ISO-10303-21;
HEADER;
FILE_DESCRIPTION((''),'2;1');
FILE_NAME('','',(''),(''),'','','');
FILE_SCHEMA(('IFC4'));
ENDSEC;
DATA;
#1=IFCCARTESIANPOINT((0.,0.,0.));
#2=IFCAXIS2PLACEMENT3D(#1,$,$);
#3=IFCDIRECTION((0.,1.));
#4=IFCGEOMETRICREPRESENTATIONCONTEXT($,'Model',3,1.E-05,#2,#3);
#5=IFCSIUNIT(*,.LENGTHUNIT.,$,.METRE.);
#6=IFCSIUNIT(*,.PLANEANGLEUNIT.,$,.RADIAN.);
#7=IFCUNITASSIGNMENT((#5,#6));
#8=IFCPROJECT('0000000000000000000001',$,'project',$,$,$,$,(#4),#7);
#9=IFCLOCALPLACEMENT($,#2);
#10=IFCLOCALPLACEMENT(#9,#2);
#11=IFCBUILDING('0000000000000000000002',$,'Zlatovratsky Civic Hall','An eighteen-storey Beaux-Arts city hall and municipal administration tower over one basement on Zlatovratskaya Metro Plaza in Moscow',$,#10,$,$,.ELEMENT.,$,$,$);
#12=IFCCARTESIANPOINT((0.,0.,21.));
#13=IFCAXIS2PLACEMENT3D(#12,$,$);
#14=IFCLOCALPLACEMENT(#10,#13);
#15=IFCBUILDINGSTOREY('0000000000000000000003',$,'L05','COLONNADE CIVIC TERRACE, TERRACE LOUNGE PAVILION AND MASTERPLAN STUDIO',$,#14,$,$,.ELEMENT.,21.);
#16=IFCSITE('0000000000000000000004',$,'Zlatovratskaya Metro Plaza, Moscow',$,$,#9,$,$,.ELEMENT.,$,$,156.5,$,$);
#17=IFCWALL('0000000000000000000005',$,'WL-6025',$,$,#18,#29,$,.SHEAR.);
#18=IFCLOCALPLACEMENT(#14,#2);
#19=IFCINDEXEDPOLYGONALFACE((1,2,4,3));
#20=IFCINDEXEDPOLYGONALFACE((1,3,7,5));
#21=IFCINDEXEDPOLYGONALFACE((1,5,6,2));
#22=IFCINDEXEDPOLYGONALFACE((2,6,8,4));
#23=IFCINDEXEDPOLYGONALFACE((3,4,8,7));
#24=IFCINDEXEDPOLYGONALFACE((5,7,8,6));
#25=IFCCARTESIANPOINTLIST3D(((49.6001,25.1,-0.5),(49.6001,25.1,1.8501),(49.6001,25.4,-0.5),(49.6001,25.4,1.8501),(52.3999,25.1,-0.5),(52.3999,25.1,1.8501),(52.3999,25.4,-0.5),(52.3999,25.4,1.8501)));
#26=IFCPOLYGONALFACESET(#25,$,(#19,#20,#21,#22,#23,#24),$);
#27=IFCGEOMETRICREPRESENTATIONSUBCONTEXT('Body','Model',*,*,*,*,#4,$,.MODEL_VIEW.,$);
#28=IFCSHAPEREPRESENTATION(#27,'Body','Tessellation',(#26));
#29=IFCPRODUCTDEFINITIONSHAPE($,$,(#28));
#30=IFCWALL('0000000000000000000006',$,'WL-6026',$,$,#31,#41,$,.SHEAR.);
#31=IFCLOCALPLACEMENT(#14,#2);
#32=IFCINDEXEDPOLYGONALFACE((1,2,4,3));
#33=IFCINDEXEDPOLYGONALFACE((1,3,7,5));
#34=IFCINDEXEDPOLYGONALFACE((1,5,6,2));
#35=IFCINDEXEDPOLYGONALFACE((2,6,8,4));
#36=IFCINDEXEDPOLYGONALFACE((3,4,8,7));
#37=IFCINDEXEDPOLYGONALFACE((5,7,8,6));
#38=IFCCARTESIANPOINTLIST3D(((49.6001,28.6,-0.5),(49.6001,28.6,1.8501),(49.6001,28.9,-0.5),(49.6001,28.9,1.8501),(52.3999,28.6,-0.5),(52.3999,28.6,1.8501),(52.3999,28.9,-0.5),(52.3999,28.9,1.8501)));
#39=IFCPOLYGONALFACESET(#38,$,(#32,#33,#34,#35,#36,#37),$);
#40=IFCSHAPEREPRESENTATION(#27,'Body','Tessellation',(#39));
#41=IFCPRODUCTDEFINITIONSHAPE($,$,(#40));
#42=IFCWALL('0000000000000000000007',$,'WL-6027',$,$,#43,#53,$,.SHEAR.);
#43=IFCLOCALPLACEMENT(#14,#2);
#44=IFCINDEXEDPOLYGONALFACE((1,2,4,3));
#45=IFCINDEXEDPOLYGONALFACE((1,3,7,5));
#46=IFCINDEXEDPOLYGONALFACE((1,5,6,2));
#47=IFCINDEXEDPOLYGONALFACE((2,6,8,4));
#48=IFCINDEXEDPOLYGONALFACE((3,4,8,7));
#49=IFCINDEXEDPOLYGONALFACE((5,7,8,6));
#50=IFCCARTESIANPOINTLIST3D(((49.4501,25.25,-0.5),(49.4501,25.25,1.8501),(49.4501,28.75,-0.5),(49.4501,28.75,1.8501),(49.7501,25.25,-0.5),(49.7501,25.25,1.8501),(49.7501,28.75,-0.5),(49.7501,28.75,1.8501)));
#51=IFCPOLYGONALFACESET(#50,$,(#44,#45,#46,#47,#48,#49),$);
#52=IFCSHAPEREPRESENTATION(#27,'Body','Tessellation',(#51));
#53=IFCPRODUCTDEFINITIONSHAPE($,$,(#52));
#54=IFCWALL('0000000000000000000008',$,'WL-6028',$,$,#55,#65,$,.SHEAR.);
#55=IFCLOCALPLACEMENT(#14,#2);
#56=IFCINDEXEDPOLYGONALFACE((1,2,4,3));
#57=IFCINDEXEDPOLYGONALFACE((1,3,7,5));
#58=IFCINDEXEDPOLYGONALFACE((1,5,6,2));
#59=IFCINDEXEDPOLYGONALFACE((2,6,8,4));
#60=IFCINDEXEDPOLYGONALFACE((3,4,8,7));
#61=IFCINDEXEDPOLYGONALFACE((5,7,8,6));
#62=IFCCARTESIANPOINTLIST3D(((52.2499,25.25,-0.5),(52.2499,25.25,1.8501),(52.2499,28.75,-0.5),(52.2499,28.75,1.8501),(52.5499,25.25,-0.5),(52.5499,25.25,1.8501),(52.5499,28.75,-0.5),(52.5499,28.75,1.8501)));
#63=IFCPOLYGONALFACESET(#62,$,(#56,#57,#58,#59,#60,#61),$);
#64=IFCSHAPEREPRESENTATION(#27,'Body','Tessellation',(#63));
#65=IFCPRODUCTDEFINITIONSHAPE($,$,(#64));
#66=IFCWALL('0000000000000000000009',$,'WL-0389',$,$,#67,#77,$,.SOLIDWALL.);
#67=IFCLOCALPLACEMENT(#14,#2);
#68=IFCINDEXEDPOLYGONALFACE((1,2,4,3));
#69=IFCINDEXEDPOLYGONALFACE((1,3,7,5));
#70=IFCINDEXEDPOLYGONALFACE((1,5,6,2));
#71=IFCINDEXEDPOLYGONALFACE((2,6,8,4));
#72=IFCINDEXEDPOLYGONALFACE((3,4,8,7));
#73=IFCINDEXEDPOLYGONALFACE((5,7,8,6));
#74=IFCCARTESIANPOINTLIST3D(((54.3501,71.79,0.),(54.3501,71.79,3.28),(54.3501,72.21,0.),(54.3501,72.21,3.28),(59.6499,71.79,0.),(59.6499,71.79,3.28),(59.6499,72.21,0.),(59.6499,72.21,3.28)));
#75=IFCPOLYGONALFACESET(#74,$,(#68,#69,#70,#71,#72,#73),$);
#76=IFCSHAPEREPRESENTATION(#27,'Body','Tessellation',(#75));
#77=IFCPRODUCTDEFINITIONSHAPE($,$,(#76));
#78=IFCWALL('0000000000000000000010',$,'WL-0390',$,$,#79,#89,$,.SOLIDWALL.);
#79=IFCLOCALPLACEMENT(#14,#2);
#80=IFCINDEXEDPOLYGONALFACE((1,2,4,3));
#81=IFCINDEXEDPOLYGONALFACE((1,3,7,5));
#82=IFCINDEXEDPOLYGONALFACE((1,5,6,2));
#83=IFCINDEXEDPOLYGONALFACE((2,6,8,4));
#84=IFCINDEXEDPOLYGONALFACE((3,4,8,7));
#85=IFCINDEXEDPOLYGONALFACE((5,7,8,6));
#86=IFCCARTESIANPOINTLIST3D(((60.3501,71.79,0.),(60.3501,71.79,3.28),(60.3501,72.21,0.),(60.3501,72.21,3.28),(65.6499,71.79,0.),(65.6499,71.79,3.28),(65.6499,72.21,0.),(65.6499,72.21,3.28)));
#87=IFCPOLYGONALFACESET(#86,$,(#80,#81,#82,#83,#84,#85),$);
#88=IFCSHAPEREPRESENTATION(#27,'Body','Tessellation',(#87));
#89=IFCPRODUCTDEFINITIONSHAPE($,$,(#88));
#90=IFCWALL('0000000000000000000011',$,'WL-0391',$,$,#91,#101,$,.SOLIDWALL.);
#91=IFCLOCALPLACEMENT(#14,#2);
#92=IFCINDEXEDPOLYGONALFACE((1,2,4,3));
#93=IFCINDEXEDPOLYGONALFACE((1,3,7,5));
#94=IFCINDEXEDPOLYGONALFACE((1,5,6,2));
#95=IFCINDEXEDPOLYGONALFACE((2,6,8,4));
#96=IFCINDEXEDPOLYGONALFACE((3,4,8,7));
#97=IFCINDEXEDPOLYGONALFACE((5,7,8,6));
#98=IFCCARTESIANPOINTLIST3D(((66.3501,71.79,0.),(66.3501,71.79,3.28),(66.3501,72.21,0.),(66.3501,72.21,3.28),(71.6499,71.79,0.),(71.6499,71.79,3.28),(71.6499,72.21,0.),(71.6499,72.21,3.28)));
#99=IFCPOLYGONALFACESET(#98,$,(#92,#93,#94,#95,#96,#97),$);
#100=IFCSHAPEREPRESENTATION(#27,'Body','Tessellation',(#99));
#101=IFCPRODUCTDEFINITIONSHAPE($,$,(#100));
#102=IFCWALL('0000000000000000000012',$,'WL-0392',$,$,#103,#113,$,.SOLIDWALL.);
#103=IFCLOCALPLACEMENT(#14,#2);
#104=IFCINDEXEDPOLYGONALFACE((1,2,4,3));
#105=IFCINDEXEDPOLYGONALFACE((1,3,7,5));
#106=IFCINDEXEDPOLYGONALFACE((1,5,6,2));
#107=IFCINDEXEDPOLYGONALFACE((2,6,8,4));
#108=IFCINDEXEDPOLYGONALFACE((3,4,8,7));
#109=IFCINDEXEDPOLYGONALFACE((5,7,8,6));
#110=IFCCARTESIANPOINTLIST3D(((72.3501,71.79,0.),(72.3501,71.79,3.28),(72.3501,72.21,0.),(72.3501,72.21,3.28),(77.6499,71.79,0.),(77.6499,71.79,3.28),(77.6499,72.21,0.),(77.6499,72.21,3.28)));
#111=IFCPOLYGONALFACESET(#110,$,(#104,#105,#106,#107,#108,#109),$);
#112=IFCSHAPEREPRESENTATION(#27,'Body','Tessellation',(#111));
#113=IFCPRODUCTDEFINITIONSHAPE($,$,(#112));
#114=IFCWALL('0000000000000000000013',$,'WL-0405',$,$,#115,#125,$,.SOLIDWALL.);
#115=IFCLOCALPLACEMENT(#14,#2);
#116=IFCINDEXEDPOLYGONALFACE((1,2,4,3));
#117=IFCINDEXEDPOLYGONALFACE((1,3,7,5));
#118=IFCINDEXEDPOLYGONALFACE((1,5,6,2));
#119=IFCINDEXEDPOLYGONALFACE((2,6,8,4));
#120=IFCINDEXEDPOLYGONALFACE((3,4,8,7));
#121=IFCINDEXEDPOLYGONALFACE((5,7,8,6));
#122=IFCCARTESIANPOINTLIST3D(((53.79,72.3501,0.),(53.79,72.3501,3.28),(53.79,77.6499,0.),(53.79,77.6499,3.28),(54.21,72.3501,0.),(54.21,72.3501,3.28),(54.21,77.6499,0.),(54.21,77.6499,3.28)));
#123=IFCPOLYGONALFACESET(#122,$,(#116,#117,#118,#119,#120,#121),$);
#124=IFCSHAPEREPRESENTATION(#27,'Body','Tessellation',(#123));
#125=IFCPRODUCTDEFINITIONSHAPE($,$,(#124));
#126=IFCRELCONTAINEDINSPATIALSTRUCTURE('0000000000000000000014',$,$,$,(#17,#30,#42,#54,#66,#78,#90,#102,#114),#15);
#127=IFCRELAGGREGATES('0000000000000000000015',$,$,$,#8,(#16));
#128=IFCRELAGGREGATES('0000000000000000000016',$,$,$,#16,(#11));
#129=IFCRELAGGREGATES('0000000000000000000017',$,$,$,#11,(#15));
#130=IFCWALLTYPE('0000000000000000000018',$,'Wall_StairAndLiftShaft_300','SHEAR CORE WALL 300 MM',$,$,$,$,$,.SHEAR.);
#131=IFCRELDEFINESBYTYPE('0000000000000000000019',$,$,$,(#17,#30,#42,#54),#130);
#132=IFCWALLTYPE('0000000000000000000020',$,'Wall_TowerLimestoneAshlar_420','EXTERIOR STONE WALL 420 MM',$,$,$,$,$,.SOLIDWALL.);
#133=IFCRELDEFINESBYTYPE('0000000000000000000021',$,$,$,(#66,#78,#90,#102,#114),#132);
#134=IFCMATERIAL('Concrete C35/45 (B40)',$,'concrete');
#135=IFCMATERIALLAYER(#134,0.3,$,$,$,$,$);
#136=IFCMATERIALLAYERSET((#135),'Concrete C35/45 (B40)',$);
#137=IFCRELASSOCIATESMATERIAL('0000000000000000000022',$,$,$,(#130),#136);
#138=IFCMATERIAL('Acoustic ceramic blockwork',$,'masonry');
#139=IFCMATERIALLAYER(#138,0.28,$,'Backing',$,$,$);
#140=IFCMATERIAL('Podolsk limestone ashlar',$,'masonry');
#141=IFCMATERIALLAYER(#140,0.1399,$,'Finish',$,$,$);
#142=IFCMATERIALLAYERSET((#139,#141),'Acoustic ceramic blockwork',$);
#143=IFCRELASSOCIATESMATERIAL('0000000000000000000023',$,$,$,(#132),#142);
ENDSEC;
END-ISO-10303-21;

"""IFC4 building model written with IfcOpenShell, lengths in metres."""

from ifc_helpers import new_model, si_unit, direction, frame, frame_2d, origin, place, context, subcontext, project, spatial, rectangle, extrude, material, layer, layer_set, type_object, element, save


model = new_model("IFC4")

# Units and contexts
model_context = context("Model", 3, precision=1e-05, world=origin(), true_north=direction((0.0, 1.0)))
body_context = subcontext(model_context, "Body", "Model", "MODEL_VIEW")
ifc_project = project(units=[si_unit("LENGTHUNIT", "METRE"), si_unit("PLANEANGLEUNIT", "RADIAN")], contexts=[model_context])

# Site, building, storey
site_placement = place(None, origin())
site = spatial("IfcSite", under=ifc_project, at=site_placement, Name="Zlatovratskaya Metro Plaza, Moscow", CompositionType="ELEMENT", RefElevation=156.5)
building_placement = place(site_placement, origin())
building = spatial("IfcBuilding", under=site, at=building_placement, Name="Zlatovratsky Civic Hall", Description="An eighteen-storey Beaux-Arts city hall and municipal administration tower over one basement on Zlatovratskaya Metro Plaza in Moscow", CompositionType="ELEMENT")
storey_placement = place(building_placement, frame((0.0, 0.0, 21.0)))
storey = spatial("IfcBuildingStorey", under=building, at=storey_placement, Name="L05", Description="COLONNADE CIVIC TERRACE, TERRACE LOUNGE PAVILION AND MASTERPLAN STUDIO", CompositionType="ELEMENT", Elevation=21.0)

# Shared definitions
ifc_material_1 = material(Name="Concrete C35/45 (B40)", Category="concrete")

# Walls
ifc_layer_1 = layer(ifc_material_1, 0.3)
ifc_layer_set_1 = layer_set([ifc_layer_1], Name="Concrete C35/45 (B40)")
wall_type_1 = type_object("IfcWallType", Name="Wall_StairAndLiftShaft_300", Description="SHEAR CORE WALL 300 MM", PredefinedType="SHEAR", material=ifc_layer_set_1)
for number, where, z_axis, x_axis, name in (
    (1, (49.6001, 25.25, -0.5), (0.0, 0.0, 1.0), (1.0, 0.0, 0.0), "WL-6025"),
    (2, (49.6001, 28.75, -0.5), (0.0, 0.0, 1.0), (1.0, 0.0, 0.0), "WL-6026"),
):
    element("IfcWall", number, at=place(storey_placement, frame(where, z_axis=z_axis, x_axis=x_axis)), inside=storey, type_object=wall_type_1, Name=name, PredefinedType="SHEAR", context=body_context, shape_type="SweptSolid", body=[
        extrude(rectangle(XDim=2.7998, YDim=0.3, at=frame_2d((1.3999, 0.0))), origin(), (0.0, 0.0, 1.0), 2.3501),
    ])
for number, where, z_axis, x_axis, name in (
    (3, (49.6001, 25.25, -0.5), (0.0, 0.0, 1.0), (0.0, 1.0, 0.0), "WL-6027"),
    (4, (52.3999, 25.25, -0.5), (0.0, 0.0, 1.0), (0.0, 1.0, 0.0), "WL-6028"),
):
    element("IfcWall", number, at=place(storey_placement, frame(where, z_axis=z_axis, x_axis=x_axis)), inside=storey, type_object=wall_type_1, Name=name, PredefinedType="SHEAR", context=body_context, shape_type="SweptSolid", body=[
        extrude(rectangle(XDim=3.5, YDim=0.3, at=frame_2d((1.75, 0.0))), origin(), (0.0, 0.0, 1.0), 2.3501),
    ])
ifc_material_2 = material(Name="Acoustic ceramic blockwork", Category="masonry")
ifc_layer_2 = layer(ifc_material_2, 0.28, Name="Backing")
ifc_material_3 = material(Name="Podolsk limestone ashlar", Category="masonry")
ifc_layer_3 = layer(ifc_material_3, 0.1399, Name="Finish")
ifc_layer_set_2 = layer_set([ifc_layer_2, ifc_layer_3], Name="Acoustic ceramic blockwork")
wall_type_2 = type_object("IfcWallType", Name="Wall_TowerLimestoneAshlar_420", Description="EXTERIOR STONE WALL 420 MM", PredefinedType="SOLIDWALL", material=ifc_layer_set_2)
for number, where, z_axis, x_axis, name in (
    (5, (54.3501, 72.0, 0.0), (0.0, 0.0, 1.0), (1.0, 0.0, 0.0), "WL-0389"),
    (6, (60.3501, 72.0, 0.0), (0.0, 0.0, 1.0), (1.0, 0.0, 0.0), "WL-0390"),
    (7, (66.3501, 72.0, 0.0), (0.0, 0.0, 1.0), (1.0, 0.0, 0.0), "WL-0391"),
    (8, (72.3501, 72.0, 0.0), (0.0, 0.0, 1.0), (1.0, 0.0, 0.0), "WL-0392"),
    (9, (54.0, 72.3501, 0.0), (0.0, 0.0, 1.0), (0.0, 1.0, 0.0), "WL-0405"),
):
    element("IfcWall", number, at=place(storey_placement, frame(where, z_axis=z_axis, x_axis=x_axis)), inside=storey, type_object=wall_type_2, Name=name, PredefinedType="SOLIDWALL", context=body_context, shape_type="SweptSolid", body=[
        extrude(rectangle(XDim=5.2998, YDim=0.4199, at=frame_2d((2.6499, 0.0))), origin(), (0.0, 0.0, 1.0), 3.28),
    ])

save(model, "model.ifc")
